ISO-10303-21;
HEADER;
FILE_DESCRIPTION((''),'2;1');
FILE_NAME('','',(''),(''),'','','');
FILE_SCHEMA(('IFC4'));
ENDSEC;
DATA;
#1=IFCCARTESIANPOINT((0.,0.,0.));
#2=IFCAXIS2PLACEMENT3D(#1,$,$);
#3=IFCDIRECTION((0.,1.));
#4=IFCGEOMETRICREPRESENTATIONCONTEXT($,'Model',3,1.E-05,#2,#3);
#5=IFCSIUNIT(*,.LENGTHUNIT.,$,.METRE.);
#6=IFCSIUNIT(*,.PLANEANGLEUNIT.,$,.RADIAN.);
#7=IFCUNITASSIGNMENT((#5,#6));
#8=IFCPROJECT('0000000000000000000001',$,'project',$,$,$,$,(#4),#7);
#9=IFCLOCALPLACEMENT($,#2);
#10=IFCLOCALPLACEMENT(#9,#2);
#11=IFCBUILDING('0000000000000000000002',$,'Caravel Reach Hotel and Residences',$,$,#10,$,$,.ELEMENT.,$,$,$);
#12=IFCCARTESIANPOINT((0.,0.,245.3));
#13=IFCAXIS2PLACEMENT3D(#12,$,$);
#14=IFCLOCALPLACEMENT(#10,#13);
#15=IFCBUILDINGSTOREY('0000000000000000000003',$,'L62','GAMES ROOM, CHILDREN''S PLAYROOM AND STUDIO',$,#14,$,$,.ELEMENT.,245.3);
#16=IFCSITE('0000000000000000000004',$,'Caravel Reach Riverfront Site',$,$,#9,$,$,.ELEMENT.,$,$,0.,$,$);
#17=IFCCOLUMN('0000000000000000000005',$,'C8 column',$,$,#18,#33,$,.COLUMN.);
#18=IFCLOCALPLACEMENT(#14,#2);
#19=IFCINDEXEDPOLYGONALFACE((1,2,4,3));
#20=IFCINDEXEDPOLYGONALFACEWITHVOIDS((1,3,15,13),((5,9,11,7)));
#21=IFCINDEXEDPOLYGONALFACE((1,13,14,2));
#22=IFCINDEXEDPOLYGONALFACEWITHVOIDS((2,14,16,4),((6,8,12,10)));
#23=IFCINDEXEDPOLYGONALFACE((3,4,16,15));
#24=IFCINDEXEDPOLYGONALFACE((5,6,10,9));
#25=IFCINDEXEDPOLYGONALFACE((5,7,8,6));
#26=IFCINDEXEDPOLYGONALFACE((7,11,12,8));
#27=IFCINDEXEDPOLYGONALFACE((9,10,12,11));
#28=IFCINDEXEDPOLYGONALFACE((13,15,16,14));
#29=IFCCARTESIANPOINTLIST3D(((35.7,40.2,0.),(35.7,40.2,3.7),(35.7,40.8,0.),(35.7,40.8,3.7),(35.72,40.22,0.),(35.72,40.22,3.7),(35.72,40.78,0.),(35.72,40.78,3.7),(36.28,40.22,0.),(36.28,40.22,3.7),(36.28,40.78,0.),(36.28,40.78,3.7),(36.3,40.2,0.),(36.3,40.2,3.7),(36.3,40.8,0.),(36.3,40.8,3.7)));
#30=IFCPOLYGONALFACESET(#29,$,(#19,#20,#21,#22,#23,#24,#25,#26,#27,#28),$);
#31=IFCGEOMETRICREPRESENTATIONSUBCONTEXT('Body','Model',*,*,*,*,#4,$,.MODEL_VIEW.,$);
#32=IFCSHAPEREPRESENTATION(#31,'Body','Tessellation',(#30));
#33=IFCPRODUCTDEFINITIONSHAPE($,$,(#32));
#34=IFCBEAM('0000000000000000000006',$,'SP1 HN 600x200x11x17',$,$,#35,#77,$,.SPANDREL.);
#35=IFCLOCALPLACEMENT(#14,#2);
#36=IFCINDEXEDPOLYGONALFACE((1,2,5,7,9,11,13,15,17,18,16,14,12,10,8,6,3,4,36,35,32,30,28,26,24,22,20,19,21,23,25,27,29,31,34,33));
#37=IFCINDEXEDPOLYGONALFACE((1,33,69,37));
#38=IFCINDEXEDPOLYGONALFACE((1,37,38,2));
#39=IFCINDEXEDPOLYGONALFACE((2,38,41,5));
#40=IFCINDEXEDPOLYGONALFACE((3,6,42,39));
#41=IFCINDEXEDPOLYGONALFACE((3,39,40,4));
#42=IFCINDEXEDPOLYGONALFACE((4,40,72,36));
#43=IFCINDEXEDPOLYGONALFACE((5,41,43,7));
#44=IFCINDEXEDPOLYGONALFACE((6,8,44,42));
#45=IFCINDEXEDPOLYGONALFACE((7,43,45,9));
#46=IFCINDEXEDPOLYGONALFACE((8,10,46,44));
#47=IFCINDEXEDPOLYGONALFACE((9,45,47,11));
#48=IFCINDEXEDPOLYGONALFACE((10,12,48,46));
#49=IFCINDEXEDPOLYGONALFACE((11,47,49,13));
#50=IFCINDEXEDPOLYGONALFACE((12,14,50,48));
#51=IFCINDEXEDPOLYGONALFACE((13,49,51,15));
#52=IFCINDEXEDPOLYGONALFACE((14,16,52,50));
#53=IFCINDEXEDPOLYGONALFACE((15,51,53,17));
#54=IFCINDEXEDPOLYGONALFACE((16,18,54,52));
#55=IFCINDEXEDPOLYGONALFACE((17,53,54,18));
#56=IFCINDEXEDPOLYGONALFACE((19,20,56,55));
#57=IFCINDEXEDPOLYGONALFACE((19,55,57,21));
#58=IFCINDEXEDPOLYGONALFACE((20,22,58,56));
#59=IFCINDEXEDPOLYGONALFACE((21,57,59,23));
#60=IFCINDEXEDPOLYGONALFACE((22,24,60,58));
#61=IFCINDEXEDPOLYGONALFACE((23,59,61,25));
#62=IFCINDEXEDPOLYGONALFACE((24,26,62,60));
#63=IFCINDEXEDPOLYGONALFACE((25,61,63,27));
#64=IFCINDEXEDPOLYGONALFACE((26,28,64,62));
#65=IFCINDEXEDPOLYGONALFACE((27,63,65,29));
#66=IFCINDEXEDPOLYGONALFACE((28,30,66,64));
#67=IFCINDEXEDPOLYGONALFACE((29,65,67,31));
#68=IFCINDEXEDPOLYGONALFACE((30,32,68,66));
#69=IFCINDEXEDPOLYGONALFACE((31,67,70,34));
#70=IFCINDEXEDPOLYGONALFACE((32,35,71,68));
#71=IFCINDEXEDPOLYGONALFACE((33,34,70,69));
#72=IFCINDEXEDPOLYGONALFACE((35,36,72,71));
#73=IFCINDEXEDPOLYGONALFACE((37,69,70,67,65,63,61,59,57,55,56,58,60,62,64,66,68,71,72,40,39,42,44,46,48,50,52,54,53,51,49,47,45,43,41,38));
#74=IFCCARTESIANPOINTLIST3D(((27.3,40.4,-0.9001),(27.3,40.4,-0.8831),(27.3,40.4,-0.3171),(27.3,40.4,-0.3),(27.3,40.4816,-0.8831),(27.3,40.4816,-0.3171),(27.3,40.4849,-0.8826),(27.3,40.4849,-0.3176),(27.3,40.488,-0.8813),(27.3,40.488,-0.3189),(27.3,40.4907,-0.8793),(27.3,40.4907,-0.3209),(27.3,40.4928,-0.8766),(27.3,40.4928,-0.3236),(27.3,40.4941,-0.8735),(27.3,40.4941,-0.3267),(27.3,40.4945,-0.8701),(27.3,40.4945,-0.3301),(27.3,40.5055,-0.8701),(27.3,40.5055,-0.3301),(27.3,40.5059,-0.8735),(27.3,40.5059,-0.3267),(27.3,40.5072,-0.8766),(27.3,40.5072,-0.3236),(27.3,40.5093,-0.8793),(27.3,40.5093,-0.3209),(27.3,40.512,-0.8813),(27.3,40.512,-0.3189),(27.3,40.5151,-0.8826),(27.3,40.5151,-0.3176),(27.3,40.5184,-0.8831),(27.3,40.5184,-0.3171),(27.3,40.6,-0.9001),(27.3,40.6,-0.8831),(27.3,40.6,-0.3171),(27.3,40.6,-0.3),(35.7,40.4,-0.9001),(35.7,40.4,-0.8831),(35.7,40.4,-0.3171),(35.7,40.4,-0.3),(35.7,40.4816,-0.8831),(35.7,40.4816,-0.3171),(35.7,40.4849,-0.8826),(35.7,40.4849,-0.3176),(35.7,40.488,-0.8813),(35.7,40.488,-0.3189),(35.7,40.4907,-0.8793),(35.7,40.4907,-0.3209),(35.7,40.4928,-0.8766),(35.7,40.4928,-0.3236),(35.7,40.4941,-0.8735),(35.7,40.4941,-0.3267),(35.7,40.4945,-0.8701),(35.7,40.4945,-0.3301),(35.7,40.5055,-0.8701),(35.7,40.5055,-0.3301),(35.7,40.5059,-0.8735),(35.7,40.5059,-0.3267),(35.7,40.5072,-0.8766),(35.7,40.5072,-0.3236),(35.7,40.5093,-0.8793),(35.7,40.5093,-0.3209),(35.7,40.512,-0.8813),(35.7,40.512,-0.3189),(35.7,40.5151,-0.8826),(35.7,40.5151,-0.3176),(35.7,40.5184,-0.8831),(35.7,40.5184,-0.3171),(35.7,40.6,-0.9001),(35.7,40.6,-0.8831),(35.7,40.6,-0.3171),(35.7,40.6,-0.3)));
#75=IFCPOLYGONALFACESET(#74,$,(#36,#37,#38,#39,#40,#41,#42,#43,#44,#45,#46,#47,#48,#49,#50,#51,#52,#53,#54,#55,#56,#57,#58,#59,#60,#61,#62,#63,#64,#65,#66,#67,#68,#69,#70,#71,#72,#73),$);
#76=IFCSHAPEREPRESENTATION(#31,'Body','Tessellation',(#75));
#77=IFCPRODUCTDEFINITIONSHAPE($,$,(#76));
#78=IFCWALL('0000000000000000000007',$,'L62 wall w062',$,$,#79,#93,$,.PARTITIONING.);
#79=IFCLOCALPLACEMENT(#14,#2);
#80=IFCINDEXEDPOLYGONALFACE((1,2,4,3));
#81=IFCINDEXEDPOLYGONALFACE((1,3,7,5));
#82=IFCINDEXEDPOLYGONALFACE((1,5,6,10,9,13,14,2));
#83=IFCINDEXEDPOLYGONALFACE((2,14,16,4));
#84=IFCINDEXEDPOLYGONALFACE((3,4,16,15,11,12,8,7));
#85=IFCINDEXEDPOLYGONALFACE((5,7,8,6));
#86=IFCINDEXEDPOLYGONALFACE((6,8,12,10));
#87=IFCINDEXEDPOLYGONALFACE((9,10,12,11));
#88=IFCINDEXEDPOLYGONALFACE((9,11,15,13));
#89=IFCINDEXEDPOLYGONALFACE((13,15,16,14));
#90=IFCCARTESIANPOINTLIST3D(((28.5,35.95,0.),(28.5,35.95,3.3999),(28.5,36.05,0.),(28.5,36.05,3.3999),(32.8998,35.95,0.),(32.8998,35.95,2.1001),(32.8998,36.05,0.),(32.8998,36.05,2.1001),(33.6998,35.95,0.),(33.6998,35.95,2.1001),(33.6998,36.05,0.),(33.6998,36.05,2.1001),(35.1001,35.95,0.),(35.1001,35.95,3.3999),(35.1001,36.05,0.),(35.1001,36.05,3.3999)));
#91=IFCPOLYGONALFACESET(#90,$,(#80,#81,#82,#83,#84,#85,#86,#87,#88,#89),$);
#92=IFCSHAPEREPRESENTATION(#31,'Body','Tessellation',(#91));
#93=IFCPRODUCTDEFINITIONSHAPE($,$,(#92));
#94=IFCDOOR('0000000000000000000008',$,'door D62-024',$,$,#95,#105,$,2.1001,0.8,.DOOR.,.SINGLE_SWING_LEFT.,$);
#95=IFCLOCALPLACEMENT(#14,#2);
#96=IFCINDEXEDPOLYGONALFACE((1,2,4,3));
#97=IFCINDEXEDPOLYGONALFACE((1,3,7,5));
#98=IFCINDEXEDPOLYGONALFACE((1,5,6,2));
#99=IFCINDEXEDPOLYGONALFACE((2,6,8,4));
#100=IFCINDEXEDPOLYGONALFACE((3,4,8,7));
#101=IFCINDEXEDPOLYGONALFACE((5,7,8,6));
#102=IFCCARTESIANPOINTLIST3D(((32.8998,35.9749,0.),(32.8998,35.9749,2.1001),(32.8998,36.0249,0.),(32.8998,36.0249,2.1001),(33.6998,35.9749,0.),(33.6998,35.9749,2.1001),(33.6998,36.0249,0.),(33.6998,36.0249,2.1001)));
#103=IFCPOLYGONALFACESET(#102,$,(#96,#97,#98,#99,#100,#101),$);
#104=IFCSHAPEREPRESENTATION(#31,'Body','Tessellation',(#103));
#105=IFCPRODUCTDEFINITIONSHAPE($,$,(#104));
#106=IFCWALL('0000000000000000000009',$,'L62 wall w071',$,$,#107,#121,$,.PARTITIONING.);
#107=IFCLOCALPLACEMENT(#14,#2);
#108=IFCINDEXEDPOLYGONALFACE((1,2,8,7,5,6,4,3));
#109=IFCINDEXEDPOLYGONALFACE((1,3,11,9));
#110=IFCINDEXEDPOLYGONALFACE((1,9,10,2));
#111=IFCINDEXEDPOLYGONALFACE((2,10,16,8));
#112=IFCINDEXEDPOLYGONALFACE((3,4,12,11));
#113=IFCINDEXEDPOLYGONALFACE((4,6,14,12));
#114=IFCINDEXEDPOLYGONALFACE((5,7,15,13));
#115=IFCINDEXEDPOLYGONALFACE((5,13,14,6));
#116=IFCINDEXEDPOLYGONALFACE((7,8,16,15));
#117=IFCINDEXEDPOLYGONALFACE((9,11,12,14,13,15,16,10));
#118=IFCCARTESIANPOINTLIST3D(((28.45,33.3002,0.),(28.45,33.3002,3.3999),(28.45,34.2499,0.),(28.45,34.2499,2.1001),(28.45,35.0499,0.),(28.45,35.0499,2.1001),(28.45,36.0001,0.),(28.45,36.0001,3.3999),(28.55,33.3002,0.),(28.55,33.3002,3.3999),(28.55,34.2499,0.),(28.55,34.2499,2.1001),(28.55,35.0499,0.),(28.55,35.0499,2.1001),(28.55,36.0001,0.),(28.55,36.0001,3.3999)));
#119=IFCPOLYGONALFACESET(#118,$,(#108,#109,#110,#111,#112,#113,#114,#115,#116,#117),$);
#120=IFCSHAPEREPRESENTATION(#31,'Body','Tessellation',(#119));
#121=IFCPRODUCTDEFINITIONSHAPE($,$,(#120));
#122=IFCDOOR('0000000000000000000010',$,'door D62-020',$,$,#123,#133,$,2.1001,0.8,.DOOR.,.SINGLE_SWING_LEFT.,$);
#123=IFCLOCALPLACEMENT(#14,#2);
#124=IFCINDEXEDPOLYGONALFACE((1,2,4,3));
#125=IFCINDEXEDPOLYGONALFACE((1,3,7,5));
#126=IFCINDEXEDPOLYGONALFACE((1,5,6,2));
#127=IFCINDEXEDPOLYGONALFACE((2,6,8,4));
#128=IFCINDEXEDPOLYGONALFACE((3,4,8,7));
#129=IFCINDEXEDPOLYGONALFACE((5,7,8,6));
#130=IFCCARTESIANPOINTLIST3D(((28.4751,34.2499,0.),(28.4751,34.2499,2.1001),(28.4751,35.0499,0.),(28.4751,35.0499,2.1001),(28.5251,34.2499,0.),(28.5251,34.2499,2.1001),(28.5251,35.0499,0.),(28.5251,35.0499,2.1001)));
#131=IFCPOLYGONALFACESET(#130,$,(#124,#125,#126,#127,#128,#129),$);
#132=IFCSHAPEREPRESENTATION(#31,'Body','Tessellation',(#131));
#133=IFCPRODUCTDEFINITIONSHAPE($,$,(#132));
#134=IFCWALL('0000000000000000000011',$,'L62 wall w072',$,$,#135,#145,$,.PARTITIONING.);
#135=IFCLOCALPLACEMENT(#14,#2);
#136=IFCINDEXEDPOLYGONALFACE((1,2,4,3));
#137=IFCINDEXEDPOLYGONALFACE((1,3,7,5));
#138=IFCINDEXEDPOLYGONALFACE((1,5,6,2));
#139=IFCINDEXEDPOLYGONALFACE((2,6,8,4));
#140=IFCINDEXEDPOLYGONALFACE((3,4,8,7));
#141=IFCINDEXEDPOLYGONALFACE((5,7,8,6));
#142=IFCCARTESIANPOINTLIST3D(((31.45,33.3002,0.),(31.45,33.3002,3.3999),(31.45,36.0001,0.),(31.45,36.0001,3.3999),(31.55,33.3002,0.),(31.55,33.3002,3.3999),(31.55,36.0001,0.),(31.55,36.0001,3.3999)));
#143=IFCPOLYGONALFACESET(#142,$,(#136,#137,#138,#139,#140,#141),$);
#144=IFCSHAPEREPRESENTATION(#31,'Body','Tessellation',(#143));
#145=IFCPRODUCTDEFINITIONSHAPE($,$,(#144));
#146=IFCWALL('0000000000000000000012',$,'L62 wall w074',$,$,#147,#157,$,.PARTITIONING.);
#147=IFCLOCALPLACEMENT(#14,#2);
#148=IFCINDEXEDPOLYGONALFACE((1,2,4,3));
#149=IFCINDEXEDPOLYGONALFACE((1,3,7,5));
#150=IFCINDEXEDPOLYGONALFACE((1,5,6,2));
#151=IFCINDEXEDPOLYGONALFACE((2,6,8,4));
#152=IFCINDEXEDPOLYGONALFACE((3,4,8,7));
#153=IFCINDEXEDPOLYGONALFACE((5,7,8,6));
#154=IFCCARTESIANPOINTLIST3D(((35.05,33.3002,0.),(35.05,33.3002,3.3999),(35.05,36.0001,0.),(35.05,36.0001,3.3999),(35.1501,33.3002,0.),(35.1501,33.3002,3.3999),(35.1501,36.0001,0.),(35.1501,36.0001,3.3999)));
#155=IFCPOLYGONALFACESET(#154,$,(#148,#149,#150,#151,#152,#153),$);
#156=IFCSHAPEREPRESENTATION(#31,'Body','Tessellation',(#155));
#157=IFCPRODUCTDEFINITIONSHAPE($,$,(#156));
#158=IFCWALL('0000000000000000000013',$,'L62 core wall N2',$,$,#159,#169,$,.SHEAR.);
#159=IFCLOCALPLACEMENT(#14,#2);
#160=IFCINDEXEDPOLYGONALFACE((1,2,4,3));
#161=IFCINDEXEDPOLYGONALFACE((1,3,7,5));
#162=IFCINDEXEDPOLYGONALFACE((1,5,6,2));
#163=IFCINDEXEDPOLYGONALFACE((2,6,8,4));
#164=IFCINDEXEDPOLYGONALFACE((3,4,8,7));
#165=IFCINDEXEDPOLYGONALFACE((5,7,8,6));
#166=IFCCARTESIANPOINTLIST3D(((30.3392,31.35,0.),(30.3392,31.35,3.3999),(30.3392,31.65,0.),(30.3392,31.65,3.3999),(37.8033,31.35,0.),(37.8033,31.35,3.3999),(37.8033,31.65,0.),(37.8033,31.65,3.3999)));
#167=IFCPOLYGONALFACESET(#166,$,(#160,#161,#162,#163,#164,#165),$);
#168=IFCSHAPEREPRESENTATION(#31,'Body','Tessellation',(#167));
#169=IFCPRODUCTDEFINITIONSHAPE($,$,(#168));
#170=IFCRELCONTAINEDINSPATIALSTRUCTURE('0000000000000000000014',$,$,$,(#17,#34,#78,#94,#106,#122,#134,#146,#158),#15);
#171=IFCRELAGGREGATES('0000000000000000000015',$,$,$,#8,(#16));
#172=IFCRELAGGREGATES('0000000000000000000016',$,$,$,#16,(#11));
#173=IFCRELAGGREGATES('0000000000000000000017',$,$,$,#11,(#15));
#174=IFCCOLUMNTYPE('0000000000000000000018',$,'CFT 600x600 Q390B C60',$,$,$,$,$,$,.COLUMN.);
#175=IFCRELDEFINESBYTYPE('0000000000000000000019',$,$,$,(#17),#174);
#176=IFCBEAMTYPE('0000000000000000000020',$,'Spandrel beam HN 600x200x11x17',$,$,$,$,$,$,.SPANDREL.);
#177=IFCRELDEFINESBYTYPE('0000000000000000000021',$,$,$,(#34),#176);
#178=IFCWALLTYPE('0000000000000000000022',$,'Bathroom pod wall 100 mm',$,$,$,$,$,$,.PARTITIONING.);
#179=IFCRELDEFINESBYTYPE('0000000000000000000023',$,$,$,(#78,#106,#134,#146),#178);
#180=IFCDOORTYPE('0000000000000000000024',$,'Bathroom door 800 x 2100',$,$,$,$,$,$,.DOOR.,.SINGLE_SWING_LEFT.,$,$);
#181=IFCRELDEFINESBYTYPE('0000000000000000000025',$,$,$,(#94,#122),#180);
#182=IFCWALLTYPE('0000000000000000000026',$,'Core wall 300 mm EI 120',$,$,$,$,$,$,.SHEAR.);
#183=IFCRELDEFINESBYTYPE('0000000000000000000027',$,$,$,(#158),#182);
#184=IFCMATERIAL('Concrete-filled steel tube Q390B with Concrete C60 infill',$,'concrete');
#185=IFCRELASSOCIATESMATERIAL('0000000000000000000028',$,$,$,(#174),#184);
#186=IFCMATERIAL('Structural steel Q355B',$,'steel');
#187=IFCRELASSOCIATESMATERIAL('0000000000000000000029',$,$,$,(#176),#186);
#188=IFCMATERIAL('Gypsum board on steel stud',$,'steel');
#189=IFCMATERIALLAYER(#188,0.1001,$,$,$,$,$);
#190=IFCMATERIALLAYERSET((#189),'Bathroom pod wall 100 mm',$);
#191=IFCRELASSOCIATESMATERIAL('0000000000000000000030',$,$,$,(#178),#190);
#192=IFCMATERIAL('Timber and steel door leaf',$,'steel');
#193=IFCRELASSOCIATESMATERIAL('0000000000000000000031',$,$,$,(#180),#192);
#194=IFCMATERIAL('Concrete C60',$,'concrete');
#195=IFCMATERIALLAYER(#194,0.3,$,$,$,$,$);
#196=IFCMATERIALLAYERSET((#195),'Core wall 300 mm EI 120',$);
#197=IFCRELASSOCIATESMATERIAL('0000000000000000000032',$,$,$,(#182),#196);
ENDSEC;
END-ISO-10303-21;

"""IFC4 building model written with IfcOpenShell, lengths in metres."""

from ifc_helpers import new_model, si_unit, direction, frame, frame_2d, origin, origin_2d, place, context, subcontext, project, spatial, rectangle, hollow_rectangle, i_section, extrude, material, layer, layer_set, material_profile, profile_set, type_object, element, fill, save


model = new_model("IFC4")

# Units and contexts
model_context = context("Model", 3, precision=1e-05, world=origin(), true_north=direction((0.0, 1.0)))
body_context = subcontext(model_context, "Body", "Model", "MODEL_VIEW")
ifc_project = project(units=[si_unit("LENGTHUNIT", "METRE"), si_unit("PLANEANGLEUNIT", "RADIAN")], contexts=[model_context])

# Site, building, storey
site_placement = place(None, origin())
site = spatial("IfcSite", under=ifc_project, at=site_placement, Name="Caravel Reach Riverfront Site", CompositionType="ELEMENT", RefElevation=0.0)
building_placement = place(site_placement, origin())
building = spatial("IfcBuilding", under=site, at=building_placement, Name="Caravel Reach Hotel and Residences", CompositionType="ELEMENT")
storey_placement = place(building_placement, frame((0.0, 0.0, 245.3)))
storey = spatial("IfcBuildingStorey", under=building, at=storey_placement, Name="L62", Description="GAMES ROOM, CHILDREN'S PLAYROOM AND STUDIO", CompositionType="ELEMENT", Elevation=245.3)

# Column
ifc_material_1 = material(Name="Concrete-filled steel tube Q390B with Concrete C60 infill", Category="concrete")
ifc_material_profile_1 = material_profile(ifc_material_1, hollow_rectangle(XDim=0.6001, YDim=0.6001, WallThickness=0.02, at=origin_2d()), Name="RHS 600x600x20")
ifc_profile_set_1 = profile_set([ifc_material_profile_1], Name="Concrete-filled steel tube Q390B with Concrete C60 infill")
column_type = type_object("IfcColumnType", Name="CFT 600x600 Q390B C60", PredefinedType="COLUMN", material=ifc_profile_set_1)
column_placement = place(storey_placement, frame((36.0, 40.5, 0.0), z_axis=(0.0, 0.0, 1.0), x_axis=(1.0, 0.0, 0.0)))
element("IfcColumn", 1, at=column_placement, inside=storey, type_object=column_type, Name="C8 column", PredefinedType="COLUMN", context=body_context, shape_type="SweptSolid", body=[
    extrude(hollow_rectangle(XDim=0.6001, YDim=0.6001, WallThickness=0.02, at=origin_2d()), origin(), (0.0, 0.0, 1.0), 3.7),
])

# Beam
ifc_material_2 = material(Name="Structural steel Q355B", Category="steel")
ifc_material_profile_2 = material_profile(ifc_material_2, i_section(OverallWidth=0.2, OverallDepth=0.6001, WebThickness=0.011, FlangeThickness=0.0171, FilletRadius=0.0129, at=origin_2d()), Name="HN 600x200x11x17")
ifc_profile_set_2 = profile_set([ifc_material_profile_2], Name="Structural steel Q355B")
beam_type = type_object("IfcBeamType", Name="Spandrel beam HN 600x200x11x17", PredefinedType="SPANDREL", material=ifc_profile_set_2)
beam_placement = place(storey_placement, frame((35.7, 40.5, -0.6001), z_axis=(-1.0, 0.0, 0.0), x_axis=(0.0, -1.0, 0.0)))
element("IfcBeam", 2, at=beam_placement, inside=storey, type_object=beam_type, Name="SP1 HN 600x200x11x17", PredefinedType="SPANDREL", context=body_context, shape_type="SweptSolid", body=[
    extrude(i_section(OverallWidth=0.2, OverallDepth=0.6001, WebThickness=0.011, FlangeThickness=0.0171, FilletRadius=0.0129, at=origin_2d()), origin(), (0.0, 0.0, 1.0), 8.3999),
])

# Walls, openings, doors
ifc_material_3 = material(Name="Gypsum board on steel stud", Category="steel")
ifc_layer_1 = layer(ifc_material_3, 0.1001)
ifc_layer_set_1 = layer_set([ifc_layer_1], Name="Bathroom pod wall 100 mm")
wall_type_1 = type_object("IfcWallType", Name="Bathroom pod wall 100 mm", PredefinedType="PARTITIONING", material=ifc_layer_set_1)
wall_1_placement = place(storey_placement, frame((28.5, 36.0, 0.0), z_axis=(0.0, 0.0, 1.0), x_axis=(1.0, 0.0, 0.0)))
wall_1 = element("IfcWall", 3, at=wall_1_placement, inside=storey, type_object=wall_type_1, Name="L62 wall w062", PredefinedType="PARTITIONING", context=body_context, shape_type="SweptSolid", body=[
    extrude(rectangle(XDim=6.6001, YDim=0.1001, at=frame_2d((3.3, 0.0))), origin(), (0.0, 0.0, 1.0), 3.3999),
])
opening_1_placement = place(wall_1_placement, frame((4.3999, 0.0, 0.0)))
opening_1 = element("IfcOpeningElement", 4, at=opening_1_placement, cuts=wall_1, PredefinedType="OPENING", context=body_context, shape_type="SweptSolid", body=[
    extrude(rectangle(XDim=0.8, YDim=2.1001, at=frame_2d((0.3999, 1.05))), frame((0.0, 0.0601, 0.0), z_axis=(0.0, -1.0, 0.0), x_axis=(1.0, 0.0, 0.0)), (0.0, 0.0, 1.0), 0.1201),
])
ifc_material_4 = material(Name="Timber and steel door leaf", Category="steel")
door_type_1 = type_object("IfcDoorType", Name="Bathroom door 800 x 2100", OperationType="SINGLE_SWING_LEFT", PredefinedType="DOOR", material=ifc_material_4)
door_1_placement = place(opening_1_placement, origin())
door_1 = element("IfcDoor", 5, at=door_1_placement, inside=storey, type_object=door_type_1, Name="door D62-024", OperationType="SINGLE_SWING_LEFT", OverallHeight=2.1001, OverallWidth=0.8, PredefinedType="DOOR", context=body_context, shape_type="SweptSolid", body=[
    extrude(rectangle(XDim=0.8, YDim=2.1001, at=frame_2d((0.3999, 1.05))), frame((0.0, 0.0249, 0.0), z_axis=(0.0, -1.0, 0.0), x_axis=(1.0, 0.0, 0.0)), (0.0, 0.0, 1.0), 0.05),
])
fill(opening_1, door_1)
wall_2_placement = place(storey_placement, frame((28.5, 33.3, 0.0), z_axis=(0.0, 0.0, 1.0), x_axis=(0.0, 1.0, 0.0)))
wall_2 = element("IfcWall", 6, at=wall_2_placement, inside=storey, type_object=wall_type_1, Name="L62 wall w071", PredefinedType="PARTITIONING", context=body_context, shape_type="SweptSolid", body=[
    extrude(rectangle(XDim=2.7, YDim=0.1001, at=frame_2d((1.3501, 0.0))), origin(), (0.0, 0.0, 1.0), 3.3999),
])
opening_2_placement = place(wall_2_placement, frame((0.95, 0.0, 0.0)))
opening_2 = element("IfcOpeningElement", 7, at=opening_2_placement, cuts=wall_2, PredefinedType="OPENING", context=body_context, shape_type="SweptSolid", body=[
    extrude(rectangle(XDim=0.8, YDim=2.1001, at=frame_2d((0.3999, 1.05))), frame((0.0, 0.0601, 0.0), z_axis=(0.0, -1.0, 0.0), x_axis=(1.0, 0.0, 0.0)), (0.0, 0.0, 1.0), 0.1201),
])
door_2_placement = place(opening_2_placement, origin())
door_2 = element("IfcDoor", 8, at=door_2_placement, inside=storey, type_object=door_type_1, Name="door D62-020", OperationType="SINGLE_SWING_LEFT", OverallHeight=2.1001, OverallWidth=0.8, PredefinedType="DOOR", context=body_context, shape_type="SweptSolid", body=[
    extrude(rectangle(XDim=0.8, YDim=2.1001, at=frame_2d((0.3999, 1.05))), frame((0.0, 0.0249, 0.0), z_axis=(0.0, -1.0, 0.0), x_axis=(1.0, 0.0, 0.0)), (0.0, 0.0, 1.0), 0.05),
])
fill(opening_2, door_2)

# Walls
for number, where, z_axis, x_axis, name in (
    (9, (31.5, 33.3, 0.0), (0.0, 0.0, 1.0), (0.0, 1.0, 0.0), "L62 wall w072"),
    (10, (35.1001, 33.3, 0.0), (0.0, 0.0, 1.0), (0.0, 1.0, 0.0), "L62 wall w074"),
):
    element("IfcWall", number, at=place(storey_placement, frame(where, z_axis=z_axis, x_axis=x_axis)), inside=storey, type_object=wall_type_1, Name=name, PredefinedType="PARTITIONING", context=body_context, shape_type="SweptSolid", body=[
        extrude(rectangle(XDim=2.7, YDim=0.1001, at=frame_2d((1.3501, 0.0))), origin(), (0.0, 0.0, 1.0), 3.3999),
    ])
ifc_material_5 = material(Name="Concrete C60", Category="concrete")
ifc_layer_2 = layer(ifc_material_5, 0.3)
ifc_layer_set_2 = layer_set([ifc_layer_2], Name="Core wall 300 mm EI 120")
wall_type_2 = type_object("IfcWallType", Name="Core wall 300 mm EI 120", PredefinedType="SHEAR", material=ifc_layer_set_2)
wall_3_placement = place(storey_placement, frame((30.3394, 31.5, 0.0), z_axis=(0.0, 0.0, 1.0), x_axis=(1.0, 0.0, 0.0)))
element("IfcWall", 11, at=wall_3_placement, inside=storey, type_object=wall_type_2, Name="L62 core wall N2", PredefinedType="SHEAR", context=body_context, shape_type="SweptSolid", body=[
    extrude(rectangle(XDim=7.4641, YDim=0.3, at=frame_2d((3.7319, 0.0))), origin(), (0.0, 0.0, 1.0), 3.3999),
])

save(model, "model.ifc")
